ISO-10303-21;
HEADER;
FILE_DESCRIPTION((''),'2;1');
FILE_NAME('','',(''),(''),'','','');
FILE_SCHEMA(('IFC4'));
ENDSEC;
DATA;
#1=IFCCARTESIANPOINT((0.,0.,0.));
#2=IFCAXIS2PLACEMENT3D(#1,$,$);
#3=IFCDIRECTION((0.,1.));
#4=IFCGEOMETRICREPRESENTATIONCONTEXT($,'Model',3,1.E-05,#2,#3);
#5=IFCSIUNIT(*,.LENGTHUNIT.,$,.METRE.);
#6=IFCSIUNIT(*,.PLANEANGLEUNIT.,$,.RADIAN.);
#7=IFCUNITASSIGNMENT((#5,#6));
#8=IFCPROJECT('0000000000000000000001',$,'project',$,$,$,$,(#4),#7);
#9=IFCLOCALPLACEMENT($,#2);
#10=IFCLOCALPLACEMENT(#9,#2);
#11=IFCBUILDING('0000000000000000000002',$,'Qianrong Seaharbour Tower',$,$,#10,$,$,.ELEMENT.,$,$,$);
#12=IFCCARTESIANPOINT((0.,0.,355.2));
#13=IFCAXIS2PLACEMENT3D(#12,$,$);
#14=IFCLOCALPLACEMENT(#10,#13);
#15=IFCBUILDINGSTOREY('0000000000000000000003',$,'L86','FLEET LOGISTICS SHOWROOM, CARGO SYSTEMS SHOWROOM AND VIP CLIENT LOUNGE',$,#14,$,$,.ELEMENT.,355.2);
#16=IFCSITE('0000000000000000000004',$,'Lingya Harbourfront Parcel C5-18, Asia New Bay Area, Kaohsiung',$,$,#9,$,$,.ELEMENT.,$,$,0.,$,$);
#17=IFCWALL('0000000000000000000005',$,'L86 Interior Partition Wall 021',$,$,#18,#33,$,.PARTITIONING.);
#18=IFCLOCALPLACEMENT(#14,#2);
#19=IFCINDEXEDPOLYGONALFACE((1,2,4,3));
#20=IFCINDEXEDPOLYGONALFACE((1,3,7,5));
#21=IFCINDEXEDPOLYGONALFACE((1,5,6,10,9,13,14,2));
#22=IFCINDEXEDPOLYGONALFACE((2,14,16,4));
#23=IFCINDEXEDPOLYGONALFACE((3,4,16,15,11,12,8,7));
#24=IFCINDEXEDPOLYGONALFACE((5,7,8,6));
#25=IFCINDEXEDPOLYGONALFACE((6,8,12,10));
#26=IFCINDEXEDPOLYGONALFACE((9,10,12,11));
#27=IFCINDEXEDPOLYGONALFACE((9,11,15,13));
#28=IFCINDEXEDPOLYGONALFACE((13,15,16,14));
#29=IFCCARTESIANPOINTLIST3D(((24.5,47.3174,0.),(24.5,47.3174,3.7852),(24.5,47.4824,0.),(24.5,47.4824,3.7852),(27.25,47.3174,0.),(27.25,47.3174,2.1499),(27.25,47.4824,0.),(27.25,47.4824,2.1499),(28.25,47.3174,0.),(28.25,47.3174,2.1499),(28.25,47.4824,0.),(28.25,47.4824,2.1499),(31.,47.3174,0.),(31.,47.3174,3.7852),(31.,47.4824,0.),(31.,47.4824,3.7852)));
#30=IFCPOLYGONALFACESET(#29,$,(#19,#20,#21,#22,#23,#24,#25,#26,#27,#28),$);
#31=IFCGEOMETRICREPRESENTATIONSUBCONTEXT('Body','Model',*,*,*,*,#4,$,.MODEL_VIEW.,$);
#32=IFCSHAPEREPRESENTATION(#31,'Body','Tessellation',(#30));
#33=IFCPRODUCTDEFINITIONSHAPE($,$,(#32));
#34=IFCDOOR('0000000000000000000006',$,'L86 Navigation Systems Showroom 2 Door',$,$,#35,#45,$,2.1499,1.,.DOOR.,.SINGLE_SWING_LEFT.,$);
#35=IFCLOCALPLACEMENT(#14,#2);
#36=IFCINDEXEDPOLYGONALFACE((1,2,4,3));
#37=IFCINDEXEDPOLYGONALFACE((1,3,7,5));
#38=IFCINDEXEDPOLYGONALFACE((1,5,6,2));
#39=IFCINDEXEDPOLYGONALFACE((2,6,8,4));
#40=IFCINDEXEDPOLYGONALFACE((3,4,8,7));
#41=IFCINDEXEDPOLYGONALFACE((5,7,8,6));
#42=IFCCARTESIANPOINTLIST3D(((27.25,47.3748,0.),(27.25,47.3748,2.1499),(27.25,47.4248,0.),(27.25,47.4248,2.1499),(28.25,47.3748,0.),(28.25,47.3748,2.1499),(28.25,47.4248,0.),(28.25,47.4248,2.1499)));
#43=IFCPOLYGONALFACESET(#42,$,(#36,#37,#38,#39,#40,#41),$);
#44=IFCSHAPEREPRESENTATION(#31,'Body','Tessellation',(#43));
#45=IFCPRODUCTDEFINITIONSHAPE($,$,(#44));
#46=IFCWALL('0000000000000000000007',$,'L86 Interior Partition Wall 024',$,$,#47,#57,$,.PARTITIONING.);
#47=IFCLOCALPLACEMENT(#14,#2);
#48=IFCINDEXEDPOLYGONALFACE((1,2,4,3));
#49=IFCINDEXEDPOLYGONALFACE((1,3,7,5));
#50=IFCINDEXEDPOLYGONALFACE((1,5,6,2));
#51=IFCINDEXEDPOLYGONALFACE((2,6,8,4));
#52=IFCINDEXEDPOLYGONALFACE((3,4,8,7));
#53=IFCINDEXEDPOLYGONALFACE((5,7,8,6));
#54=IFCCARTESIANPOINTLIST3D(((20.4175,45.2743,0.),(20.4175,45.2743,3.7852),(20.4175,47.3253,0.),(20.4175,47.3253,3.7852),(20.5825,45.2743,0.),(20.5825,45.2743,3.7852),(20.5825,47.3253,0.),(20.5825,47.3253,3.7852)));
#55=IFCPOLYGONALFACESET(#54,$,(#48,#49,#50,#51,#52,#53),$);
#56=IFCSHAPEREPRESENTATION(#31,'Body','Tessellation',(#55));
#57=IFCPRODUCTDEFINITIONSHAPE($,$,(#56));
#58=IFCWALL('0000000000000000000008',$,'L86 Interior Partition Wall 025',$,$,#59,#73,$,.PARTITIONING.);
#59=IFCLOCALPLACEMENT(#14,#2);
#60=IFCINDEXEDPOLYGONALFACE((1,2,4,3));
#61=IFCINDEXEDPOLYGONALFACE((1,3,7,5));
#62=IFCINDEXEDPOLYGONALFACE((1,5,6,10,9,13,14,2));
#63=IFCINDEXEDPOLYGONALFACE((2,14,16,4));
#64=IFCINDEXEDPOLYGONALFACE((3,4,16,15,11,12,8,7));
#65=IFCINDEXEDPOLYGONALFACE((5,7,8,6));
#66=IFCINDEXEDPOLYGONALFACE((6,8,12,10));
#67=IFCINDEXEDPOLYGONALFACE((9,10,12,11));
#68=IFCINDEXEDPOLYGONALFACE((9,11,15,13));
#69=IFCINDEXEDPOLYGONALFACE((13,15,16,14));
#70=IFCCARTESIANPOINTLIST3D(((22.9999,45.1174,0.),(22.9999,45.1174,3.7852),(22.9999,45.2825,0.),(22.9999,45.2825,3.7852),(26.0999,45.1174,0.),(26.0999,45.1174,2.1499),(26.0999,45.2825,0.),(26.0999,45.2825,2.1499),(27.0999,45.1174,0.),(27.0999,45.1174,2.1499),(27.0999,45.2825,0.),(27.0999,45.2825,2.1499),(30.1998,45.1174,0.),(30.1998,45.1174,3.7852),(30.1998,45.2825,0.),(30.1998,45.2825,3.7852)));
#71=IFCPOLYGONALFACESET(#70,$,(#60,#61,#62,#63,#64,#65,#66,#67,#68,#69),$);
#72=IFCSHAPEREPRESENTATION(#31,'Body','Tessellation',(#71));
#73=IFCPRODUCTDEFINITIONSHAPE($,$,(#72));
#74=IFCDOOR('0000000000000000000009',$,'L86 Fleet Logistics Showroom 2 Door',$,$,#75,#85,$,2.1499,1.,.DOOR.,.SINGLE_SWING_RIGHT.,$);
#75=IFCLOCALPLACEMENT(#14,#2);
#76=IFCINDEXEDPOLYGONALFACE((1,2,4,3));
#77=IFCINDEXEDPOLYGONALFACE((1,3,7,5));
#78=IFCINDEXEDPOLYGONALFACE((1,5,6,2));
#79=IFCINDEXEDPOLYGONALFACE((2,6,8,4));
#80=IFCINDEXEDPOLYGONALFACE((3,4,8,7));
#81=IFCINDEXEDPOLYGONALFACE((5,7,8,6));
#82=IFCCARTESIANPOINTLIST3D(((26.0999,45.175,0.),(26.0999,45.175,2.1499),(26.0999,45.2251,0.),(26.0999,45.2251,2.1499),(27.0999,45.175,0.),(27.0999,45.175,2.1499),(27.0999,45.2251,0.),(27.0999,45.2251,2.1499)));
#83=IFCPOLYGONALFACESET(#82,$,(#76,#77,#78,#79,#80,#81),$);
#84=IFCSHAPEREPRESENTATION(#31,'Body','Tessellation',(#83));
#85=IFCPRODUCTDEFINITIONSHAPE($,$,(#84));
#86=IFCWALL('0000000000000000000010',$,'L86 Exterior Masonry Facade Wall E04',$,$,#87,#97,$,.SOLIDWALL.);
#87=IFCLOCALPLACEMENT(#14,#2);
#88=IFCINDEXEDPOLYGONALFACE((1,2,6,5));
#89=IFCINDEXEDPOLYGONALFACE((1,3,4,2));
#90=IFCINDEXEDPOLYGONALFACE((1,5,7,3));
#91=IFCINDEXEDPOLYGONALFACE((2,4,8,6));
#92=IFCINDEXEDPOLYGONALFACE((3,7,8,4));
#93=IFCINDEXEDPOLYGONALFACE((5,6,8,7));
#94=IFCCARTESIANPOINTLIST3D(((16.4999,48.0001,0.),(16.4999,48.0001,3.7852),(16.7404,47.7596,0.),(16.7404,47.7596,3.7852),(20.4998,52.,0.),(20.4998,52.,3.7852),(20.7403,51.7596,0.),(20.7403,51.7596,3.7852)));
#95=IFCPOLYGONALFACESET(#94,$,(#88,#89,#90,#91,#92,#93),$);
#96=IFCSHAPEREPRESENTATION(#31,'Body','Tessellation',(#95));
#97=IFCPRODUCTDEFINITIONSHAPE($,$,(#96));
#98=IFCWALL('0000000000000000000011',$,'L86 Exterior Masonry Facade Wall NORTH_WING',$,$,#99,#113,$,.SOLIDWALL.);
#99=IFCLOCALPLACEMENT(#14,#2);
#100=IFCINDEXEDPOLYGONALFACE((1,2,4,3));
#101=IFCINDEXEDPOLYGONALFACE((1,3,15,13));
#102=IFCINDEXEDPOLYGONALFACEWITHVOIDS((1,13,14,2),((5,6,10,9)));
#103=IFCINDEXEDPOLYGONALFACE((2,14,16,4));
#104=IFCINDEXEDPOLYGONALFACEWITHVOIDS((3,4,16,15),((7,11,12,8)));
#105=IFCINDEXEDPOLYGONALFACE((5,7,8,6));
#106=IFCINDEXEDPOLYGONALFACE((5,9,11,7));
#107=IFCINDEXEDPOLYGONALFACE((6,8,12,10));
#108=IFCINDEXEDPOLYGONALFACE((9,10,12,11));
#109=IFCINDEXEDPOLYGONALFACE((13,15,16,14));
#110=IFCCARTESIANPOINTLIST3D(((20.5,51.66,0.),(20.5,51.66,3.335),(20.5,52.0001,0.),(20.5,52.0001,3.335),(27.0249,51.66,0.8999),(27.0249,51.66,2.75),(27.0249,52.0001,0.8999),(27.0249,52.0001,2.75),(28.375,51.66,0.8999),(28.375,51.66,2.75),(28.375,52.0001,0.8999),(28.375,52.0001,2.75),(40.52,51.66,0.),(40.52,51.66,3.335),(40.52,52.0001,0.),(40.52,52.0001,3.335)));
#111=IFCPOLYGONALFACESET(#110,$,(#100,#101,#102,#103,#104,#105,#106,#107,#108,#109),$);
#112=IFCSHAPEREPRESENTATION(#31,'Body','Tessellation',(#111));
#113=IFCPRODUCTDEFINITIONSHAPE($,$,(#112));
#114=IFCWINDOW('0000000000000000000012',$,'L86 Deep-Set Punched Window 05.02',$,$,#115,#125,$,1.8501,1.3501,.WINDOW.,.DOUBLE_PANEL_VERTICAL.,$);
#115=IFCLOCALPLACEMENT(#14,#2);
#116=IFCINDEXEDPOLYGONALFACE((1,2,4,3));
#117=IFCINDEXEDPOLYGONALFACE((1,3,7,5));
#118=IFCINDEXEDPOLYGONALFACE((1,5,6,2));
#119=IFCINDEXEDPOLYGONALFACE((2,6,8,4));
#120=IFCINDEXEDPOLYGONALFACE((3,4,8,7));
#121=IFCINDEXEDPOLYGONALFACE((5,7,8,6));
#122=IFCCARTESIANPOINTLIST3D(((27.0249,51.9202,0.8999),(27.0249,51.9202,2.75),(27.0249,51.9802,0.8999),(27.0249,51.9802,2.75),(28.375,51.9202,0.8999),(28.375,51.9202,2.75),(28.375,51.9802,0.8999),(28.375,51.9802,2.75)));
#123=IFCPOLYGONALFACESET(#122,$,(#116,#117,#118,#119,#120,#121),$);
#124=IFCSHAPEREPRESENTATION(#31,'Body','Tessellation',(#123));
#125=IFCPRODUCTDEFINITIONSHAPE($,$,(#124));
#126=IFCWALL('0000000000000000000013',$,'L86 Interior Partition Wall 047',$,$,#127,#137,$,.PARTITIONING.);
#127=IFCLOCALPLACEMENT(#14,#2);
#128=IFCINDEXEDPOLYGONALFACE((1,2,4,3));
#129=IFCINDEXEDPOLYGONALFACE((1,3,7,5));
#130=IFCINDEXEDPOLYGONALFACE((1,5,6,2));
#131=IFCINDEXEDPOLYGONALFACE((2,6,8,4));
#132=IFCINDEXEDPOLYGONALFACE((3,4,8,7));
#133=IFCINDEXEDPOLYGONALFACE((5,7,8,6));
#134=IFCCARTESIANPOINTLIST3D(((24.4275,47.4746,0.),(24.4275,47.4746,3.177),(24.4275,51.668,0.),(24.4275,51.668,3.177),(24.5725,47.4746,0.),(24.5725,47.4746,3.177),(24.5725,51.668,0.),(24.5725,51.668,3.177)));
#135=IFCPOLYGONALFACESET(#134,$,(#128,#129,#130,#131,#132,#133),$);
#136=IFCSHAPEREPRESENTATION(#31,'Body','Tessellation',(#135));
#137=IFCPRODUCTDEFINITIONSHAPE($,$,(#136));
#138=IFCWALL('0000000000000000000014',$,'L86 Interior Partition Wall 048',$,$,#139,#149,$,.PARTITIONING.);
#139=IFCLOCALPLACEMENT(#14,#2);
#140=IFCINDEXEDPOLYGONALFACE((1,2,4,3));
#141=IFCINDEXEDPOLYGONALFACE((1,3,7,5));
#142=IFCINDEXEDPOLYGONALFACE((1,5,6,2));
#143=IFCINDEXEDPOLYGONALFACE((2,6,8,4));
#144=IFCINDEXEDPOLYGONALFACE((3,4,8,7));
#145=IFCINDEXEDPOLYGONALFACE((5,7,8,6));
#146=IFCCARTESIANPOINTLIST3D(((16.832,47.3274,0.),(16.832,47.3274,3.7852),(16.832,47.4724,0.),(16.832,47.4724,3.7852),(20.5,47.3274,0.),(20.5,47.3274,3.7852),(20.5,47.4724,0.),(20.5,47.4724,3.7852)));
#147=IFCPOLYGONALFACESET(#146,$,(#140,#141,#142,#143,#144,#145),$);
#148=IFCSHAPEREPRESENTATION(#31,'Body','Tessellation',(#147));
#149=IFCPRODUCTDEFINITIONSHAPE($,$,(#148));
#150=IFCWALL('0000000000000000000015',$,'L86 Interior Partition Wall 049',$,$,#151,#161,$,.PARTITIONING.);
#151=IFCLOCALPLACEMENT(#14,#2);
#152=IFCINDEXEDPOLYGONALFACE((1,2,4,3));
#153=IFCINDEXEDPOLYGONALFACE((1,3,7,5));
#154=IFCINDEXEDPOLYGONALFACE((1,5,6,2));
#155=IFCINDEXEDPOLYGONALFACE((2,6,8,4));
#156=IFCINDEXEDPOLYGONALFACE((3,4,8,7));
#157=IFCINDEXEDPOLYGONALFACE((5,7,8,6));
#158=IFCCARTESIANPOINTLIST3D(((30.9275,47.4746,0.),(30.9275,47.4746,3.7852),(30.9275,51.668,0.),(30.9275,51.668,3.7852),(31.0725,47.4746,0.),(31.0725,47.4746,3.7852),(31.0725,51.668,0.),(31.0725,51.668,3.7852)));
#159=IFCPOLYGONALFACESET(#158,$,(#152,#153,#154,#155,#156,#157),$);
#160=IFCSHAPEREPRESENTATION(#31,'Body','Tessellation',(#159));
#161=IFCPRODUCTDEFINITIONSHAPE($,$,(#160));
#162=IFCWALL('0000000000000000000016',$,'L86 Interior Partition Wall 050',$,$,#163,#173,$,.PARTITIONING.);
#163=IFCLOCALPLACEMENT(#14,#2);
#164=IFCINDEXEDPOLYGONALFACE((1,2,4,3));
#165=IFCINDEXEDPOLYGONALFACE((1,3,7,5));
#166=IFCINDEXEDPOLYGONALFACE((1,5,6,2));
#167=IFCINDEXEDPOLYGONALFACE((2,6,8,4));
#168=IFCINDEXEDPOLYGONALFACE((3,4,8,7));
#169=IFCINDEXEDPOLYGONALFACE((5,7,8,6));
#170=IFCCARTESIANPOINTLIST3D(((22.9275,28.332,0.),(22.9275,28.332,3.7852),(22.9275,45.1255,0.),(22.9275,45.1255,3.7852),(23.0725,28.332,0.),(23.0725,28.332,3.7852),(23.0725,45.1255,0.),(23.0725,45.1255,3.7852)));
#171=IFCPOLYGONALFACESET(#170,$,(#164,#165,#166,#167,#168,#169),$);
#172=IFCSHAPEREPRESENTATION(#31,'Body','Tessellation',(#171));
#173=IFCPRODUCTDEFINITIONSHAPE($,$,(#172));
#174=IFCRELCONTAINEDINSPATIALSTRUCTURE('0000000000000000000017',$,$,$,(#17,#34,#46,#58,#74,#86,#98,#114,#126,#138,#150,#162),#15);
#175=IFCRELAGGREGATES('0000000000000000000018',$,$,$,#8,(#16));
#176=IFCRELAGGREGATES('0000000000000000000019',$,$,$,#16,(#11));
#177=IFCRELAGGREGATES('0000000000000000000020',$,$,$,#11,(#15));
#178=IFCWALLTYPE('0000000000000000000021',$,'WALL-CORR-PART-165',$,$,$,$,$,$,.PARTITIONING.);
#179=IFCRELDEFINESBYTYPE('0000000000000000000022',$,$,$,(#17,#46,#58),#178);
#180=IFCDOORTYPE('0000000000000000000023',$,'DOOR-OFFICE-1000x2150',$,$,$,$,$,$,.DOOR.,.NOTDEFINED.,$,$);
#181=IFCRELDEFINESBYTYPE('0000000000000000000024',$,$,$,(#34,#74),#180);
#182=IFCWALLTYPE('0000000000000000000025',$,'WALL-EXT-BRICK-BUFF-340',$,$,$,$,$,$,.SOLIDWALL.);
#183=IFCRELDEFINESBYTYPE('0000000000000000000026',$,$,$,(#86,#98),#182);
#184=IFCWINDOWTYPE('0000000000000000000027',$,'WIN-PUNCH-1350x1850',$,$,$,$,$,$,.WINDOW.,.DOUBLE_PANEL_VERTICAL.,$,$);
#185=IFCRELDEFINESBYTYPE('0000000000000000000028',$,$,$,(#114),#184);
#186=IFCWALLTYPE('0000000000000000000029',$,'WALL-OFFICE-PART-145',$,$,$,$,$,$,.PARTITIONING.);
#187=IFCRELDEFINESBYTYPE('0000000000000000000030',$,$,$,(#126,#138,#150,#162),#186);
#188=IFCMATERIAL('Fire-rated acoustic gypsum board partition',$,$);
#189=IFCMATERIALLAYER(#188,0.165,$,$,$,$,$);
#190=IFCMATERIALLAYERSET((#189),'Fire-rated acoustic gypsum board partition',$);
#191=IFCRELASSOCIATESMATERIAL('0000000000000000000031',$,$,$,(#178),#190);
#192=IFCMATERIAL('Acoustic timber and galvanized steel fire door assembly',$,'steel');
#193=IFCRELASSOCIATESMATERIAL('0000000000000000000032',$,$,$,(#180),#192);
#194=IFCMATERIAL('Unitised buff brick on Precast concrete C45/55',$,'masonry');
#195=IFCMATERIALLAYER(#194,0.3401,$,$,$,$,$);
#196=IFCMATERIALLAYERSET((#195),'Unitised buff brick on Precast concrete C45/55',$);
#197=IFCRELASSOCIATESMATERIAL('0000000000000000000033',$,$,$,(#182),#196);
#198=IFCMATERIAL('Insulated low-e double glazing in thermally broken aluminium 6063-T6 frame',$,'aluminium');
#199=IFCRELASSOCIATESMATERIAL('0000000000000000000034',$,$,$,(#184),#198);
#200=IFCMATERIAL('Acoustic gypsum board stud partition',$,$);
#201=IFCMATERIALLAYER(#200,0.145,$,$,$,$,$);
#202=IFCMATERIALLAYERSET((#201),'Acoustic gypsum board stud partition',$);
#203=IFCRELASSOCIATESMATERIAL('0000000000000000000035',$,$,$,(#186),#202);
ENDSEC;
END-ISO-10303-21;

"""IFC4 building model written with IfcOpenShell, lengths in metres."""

from ifc_helpers import new_model, si_unit, direction, frame, frame_2d, origin, place, context, subcontext, project, spatial, rectangle, extrude, material, layer, layer_set, type_object, element, fill, save


model = new_model("IFC4")

# Units and contexts
model_context = context("Model", 3, precision=1e-05, world=origin(), true_north=direction((0.0, 1.0)))
body_context = subcontext(model_context, "Body", "Model", "MODEL_VIEW")
ifc_project = project(units=[si_unit("LENGTHUNIT", "METRE"), si_unit("PLANEANGLEUNIT", "RADIAN")], contexts=[model_context])

# Site, building, storey
site_placement = place(None, origin())
site = spatial("IfcSite", under=ifc_project, at=site_placement, Name="Lingya Harbourfront Parcel C5-18, Asia New Bay Area, Kaohsiung", CompositionType="ELEMENT", RefElevation=0.0)
building_placement = place(site_placement, origin())
building = spatial("IfcBuilding", under=site, at=building_placement, Name="Qianrong Seaharbour Tower", CompositionType="ELEMENT")
storey_placement = place(building_placement, frame((0.0, 0.0, 355.2)))
storey = spatial("IfcBuildingStorey", under=building, at=storey_placement, Name="L86", Description="FLEET LOGISTICS SHOWROOM, CARGO SYSTEMS SHOWROOM AND VIP CLIENT LOUNGE", CompositionType="ELEMENT", Elevation=355.2)

# Wall, opening, door
ifc_material_1 = material(Name="Fire-rated acoustic gypsum board partition")
ifc_layer_1 = layer(ifc_material_1, 0.165)
ifc_layer_set_1 = layer_set([ifc_layer_1], Name="Fire-rated acoustic gypsum board partition")
wall_type_1 = type_object("IfcWallType", Name="WALL-CORR-PART-165", PredefinedType="PARTITIONING", material=ifc_layer_set_1)
ifc_material_2 = material(Name="Acoustic timber and galvanized steel fire door assembly", Category="steel")
door_type = type_object("IfcDoorType", Name="DOOR-OFFICE-1000x2150", OperationType="NOTDEFINED", PredefinedType="DOOR", material=ifc_material_2)
wall_1_placement = place(storey_placement, frame((24.5, 47.3999, 0.0), z_axis=(0.0, 0.0, 1.0), x_axis=(1.0, 0.0, 0.0)))
wall_1 = element("IfcWall", 1, at=wall_1_placement, inside=storey, type_object=wall_type_1, Name="L86 Interior Partition Wall 021", PredefinedType="PARTITIONING", context=body_context, shape_type="SweptSolid", body=[
    extrude(rectangle(XDim=6.5, YDim=0.165, at=frame_2d((3.25, 0.0))), origin(), (0.0, 0.0, 1.0), 3.7852),
])
opening_1_placement = place(wall_1_placement, frame((2.75, 0.0, 0.0)))
opening_1 = element("IfcOpeningElement", 2, at=opening_1_placement, cuts=wall_1, PredefinedType="OPENING", context=body_context, shape_type="SweptSolid", body=[
    extrude(rectangle(XDim=1.0, YDim=2.1499, at=frame_2d((0.5, 1.075))), frame((0.0, 0.0925, 0.0), z_axis=(0.0, -1.0, 0.0), x_axis=(1.0, 0.0, 0.0)), (0.0, 0.0, 1.0), 0.1851),
])
door_1_placement = place(opening_1_placement, origin())
door_1 = element("IfcDoor", 3, at=door_1_placement, inside=storey, type_object=door_type, Name="L86 Navigation Systems Showroom 2 Door", OperationType="SINGLE_SWING_LEFT", OverallHeight=2.1499, OverallWidth=1.0, PredefinedType="DOOR", context=body_context, shape_type="SweptSolid", body=[
    extrude(rectangle(XDim=1.0, YDim=2.1499, at=frame_2d((0.5, 1.075))), frame((0.0, 0.0249, 0.0), z_axis=(0.0, -1.0, 0.0), x_axis=(1.0, 0.0, 0.0)), (0.0, 0.0, 1.0), 0.05),
])
fill(opening_1, door_1)

# Wall
wall_2_placement = place(storey_placement, frame((20.5, 45.2744, 0.0), z_axis=(0.0, 0.0, 1.0), x_axis=(0.0, 1.0, 0.0)))
element("IfcWall", 4, at=wall_2_placement, inside=storey, type_object=wall_type_1, Name="L86 Interior Partition Wall 024", PredefinedType="PARTITIONING", context=body_context, shape_type="SweptSolid", body=[
    extrude(rectangle(XDim=2.051, YDim=0.165, at=frame_2d((1.0254, 0.0))), origin(), (0.0, 0.0, 1.0), 3.7852),
])

# Wall, opening, door
wall_3_placement = place(storey_placement, frame((30.2, 45.2, 0.0), z_axis=(0.0, 0.0, 1.0), x_axis=(-1.0, 0.0, 0.0)))
wall_3 = element("IfcWall", 5, at=wall_3_placement, inside=storey, type_object=wall_type_1, Name="L86 Interior Partition Wall 025", PredefinedType="PARTITIONING", context=body_context, shape_type="SweptSolid", body=[
    extrude(rectangle(XDim=7.2, YDim=0.165, at=frame_2d((3.6001, 0.0))), origin(), (0.0, 0.0, 1.0), 3.7852),
])
opening_2_placement = place(wall_3_placement, frame((3.1001, 0.0, 0.0)))
opening_2 = element("IfcOpeningElement", 6, at=opening_2_placement, cuts=wall_3, PredefinedType="OPENING", context=body_context, shape_type="SweptSolid", body=[
    extrude(rectangle(XDim=1.0, YDim=2.1499, at=frame_2d((0.5, 1.075))), frame((0.0, 0.0925, 0.0), z_axis=(0.0, -1.0, 0.0), x_axis=(1.0, 0.0, 0.0)), (0.0, 0.0, 1.0), 0.1851),
])
door_2_placement = place(opening_2_placement, origin())
door_2 = element("IfcDoor", 7, at=door_2_placement, inside=storey, type_object=door_type, Name="L86 Fleet Logistics Showroom 2 Door", OperationType="SINGLE_SWING_RIGHT", OverallHeight=2.1499, OverallWidth=1.0, PredefinedType="DOOR", context=body_context, shape_type="SweptSolid", body=[
    extrude(rectangle(XDim=1.0, YDim=2.1499, at=frame_2d((0.5, 1.075))), frame((0.0, 0.0249, 0.0), z_axis=(0.0, -1.0, 0.0), x_axis=(1.0, 0.0, 0.0)), (0.0, 0.0, 1.0), 0.05),
])
fill(opening_2, door_2)

# Wall
ifc_material_3 = material(Name="Unitised buff brick on Precast concrete C45/55", Category="masonry")
ifc_layer_2 = layer(ifc_material_3, 0.3401)
ifc_layer_set_2 = layer_set([ifc_layer_2], Name="Unitised buff brick on Precast concrete C45/55")
wall_type_2 = type_object("IfcWallType", Name="WALL-EXT-BRICK-BUFF-340", PredefinedType="SOLIDWALL", material=ifc_layer_set_2)
wall_4_placement = place(storey_placement, frame((16.6201, 47.8799, 0.0), z_axis=(0.0, 0.0, 1.0), x_axis=(0.707107, 0.707107, 0.0)))
element("IfcWall", 8, at=wall_4_placement, inside=storey, type_object=wall_type_2, Name="L86 Exterior Masonry Facade Wall E04", PredefinedType="SOLIDWALL", context=body_context, shape_type="SweptSolid", body=[
    extrude(rectangle(XDim=5.6567, YDim=0.3401, at=frame_2d((2.8284, 0.0))), origin(), (0.0, 0.0, 1.0), 3.7852),
])

# Wall, opening, window
wall_5_placement = place(storey_placement, frame((20.5, 51.8301, 0.0), z_axis=(0.0, 0.0, 1.0), x_axis=(1.0, 0.0, 0.0)))
wall_5 = element("IfcWall", 9, at=wall_5_placement, inside=storey, type_object=wall_type_2, Name="L86 Exterior Masonry Facade Wall NORTH_WING", PredefinedType="SOLIDWALL", context=body_context, shape_type="SweptSolid", body=[
    extrude(rectangle(XDim=20.02, YDim=0.3401, at=frame_2d((10.01, 0.0))), origin(), (0.0, 0.0, 1.0), 3.335),
])
opening_3_placement = place(wall_5_placement, frame((6.5249, 0.0, 0.8999)))
opening_3 = element("IfcOpeningElement", 10, at=opening_3_placement, cuts=wall_5, PredefinedType="OPENING", context=body_context, shape_type="SweptSolid", body=[
    extrude(rectangle(XDim=1.3501, YDim=1.8501, at=frame_2d((0.675, 0.925))), frame((0.0, 0.1802, 0.0), z_axis=(0.0, -1.0, 0.0), x_axis=(1.0, 0.0, 0.0)), (0.0, 0.0, 1.0), 0.3601),
])
ifc_material_4 = material(Name="Insulated low-e double glazing in thermally broken aluminium 6063-T6 frame", Category="aluminium")
window_type = type_object("IfcWindowType", Name="WIN-PUNCH-1350x1850", PartitioningType="DOUBLE_PANEL_VERTICAL", PredefinedType="WINDOW", material=ifc_material_4)
window_placement = place(opening_3_placement, origin())
window = element("IfcWindow", 11, at=window_placement, inside=storey, type_object=window_type, Name="L86 Deep-Set Punched Window 05.02", OverallHeight=1.8501, OverallWidth=1.3501, PartitioningType="DOUBLE_PANEL_VERTICAL", PredefinedType="WINDOW", context=body_context, shape_type="SweptSolid", body=[
    extrude(rectangle(XDim=1.3501, YDim=1.8501, at=frame_2d((0.675, 0.925))), frame((0.0, 0.1501, 0.0), z_axis=(0.0, -1.0, 0.0), x_axis=(1.0, 0.0, 0.0)), (0.0, 0.0, 1.0), 0.0601),
])
fill(opening_3, window)

# Walls
ifc_material_5 = material(Name="Acoustic gypsum board stud partition")
ifc_layer_3 = layer(ifc_material_5, 0.145)
ifc_layer_set_3 = layer_set([ifc_layer_3], Name="Acoustic gypsum board stud partition")
wall_type_3 = type_object("IfcWallType", Name="WALL-OFFICE-PART-145", PredefinedType="PARTITIONING", material=ifc_layer_set_3)
wall_6_placement = place(storey_placement, frame((24.5, 51.668, 0.0), z_axis=(0.0, 0.0, 1.0), x_axis=(0.0, -1.0, 0.0)))
element("IfcWall", 12, at=wall_6_placement, inside=storey, type_object=wall_type_3, Name="L86 Interior Partition Wall 047", PredefinedType="PARTITIONING", context=body_context, shape_type="SweptSolid", body=[
    extrude(rectangle(XDim=4.1934, YDim=0.145, at=frame_2d((2.0967, 0.0))), origin(), (0.0, 0.0, 1.0), 3.177),
])
wall_7_placement = place(storey_placement, frame((20.5, 47.3999, 0.0), z_axis=(0.0, 0.0, 1.0), x_axis=(-1.0, 0.0, 0.0)))
element("IfcWall", 13, at=wall_7_placement, inside=storey, type_object=wall_type_3, Name="L86 Interior Partition Wall 048", PredefinedType="PARTITIONING", context=body_context, shape_type="SweptSolid", body=[
    extrude(rectangle(XDim=3.668, YDim=0.145, at=frame_2d((1.834, 0.0))), origin(), (0.0, 0.0, 1.0), 3.7852),
])
wall_8_placement = place(storey_placement, frame((31.0, 51.668, 0.0), z_axis=(0.0, 0.0, 1.0), x_axis=(0.0, -1.0, 0.0)))
element("IfcWall", 14, at=wall_8_placement, inside=storey, type_object=wall_type_3, Name="L86 Interior Partition Wall 049", PredefinedType="PARTITIONING", context=body_context, shape_type="SweptSolid", body=[
    extrude(rectangle(XDim=4.1934, YDim=0.145, at=frame_2d((2.0967, 0.0))), origin(), (0.0, 0.0, 1.0), 3.7852),
])
for number, where, z_axis, x_axis, name in (
    (15, (23.0, 45.1255, 0.0), (0.0, 0.0, 1.0), (0.0, -1.0, 0.0), "L86 Interior Partition Wall 050"),
):
    element("IfcWall", number, at=place(storey_placement, frame(where, z_axis=z_axis, x_axis=x_axis)), inside=storey, type_object=wall_type_3, Name=name, PredefinedType="PARTITIONING", context=body_context, shape_type="SweptSolid", body=[
        extrude(rectangle(XDim=16.7935, YDim=0.145, at=frame_2d((8.3967, 0.0))), origin(), (0.0, 0.0, 1.0), 3.7852),
    ])

save(model, "model.ifc")
